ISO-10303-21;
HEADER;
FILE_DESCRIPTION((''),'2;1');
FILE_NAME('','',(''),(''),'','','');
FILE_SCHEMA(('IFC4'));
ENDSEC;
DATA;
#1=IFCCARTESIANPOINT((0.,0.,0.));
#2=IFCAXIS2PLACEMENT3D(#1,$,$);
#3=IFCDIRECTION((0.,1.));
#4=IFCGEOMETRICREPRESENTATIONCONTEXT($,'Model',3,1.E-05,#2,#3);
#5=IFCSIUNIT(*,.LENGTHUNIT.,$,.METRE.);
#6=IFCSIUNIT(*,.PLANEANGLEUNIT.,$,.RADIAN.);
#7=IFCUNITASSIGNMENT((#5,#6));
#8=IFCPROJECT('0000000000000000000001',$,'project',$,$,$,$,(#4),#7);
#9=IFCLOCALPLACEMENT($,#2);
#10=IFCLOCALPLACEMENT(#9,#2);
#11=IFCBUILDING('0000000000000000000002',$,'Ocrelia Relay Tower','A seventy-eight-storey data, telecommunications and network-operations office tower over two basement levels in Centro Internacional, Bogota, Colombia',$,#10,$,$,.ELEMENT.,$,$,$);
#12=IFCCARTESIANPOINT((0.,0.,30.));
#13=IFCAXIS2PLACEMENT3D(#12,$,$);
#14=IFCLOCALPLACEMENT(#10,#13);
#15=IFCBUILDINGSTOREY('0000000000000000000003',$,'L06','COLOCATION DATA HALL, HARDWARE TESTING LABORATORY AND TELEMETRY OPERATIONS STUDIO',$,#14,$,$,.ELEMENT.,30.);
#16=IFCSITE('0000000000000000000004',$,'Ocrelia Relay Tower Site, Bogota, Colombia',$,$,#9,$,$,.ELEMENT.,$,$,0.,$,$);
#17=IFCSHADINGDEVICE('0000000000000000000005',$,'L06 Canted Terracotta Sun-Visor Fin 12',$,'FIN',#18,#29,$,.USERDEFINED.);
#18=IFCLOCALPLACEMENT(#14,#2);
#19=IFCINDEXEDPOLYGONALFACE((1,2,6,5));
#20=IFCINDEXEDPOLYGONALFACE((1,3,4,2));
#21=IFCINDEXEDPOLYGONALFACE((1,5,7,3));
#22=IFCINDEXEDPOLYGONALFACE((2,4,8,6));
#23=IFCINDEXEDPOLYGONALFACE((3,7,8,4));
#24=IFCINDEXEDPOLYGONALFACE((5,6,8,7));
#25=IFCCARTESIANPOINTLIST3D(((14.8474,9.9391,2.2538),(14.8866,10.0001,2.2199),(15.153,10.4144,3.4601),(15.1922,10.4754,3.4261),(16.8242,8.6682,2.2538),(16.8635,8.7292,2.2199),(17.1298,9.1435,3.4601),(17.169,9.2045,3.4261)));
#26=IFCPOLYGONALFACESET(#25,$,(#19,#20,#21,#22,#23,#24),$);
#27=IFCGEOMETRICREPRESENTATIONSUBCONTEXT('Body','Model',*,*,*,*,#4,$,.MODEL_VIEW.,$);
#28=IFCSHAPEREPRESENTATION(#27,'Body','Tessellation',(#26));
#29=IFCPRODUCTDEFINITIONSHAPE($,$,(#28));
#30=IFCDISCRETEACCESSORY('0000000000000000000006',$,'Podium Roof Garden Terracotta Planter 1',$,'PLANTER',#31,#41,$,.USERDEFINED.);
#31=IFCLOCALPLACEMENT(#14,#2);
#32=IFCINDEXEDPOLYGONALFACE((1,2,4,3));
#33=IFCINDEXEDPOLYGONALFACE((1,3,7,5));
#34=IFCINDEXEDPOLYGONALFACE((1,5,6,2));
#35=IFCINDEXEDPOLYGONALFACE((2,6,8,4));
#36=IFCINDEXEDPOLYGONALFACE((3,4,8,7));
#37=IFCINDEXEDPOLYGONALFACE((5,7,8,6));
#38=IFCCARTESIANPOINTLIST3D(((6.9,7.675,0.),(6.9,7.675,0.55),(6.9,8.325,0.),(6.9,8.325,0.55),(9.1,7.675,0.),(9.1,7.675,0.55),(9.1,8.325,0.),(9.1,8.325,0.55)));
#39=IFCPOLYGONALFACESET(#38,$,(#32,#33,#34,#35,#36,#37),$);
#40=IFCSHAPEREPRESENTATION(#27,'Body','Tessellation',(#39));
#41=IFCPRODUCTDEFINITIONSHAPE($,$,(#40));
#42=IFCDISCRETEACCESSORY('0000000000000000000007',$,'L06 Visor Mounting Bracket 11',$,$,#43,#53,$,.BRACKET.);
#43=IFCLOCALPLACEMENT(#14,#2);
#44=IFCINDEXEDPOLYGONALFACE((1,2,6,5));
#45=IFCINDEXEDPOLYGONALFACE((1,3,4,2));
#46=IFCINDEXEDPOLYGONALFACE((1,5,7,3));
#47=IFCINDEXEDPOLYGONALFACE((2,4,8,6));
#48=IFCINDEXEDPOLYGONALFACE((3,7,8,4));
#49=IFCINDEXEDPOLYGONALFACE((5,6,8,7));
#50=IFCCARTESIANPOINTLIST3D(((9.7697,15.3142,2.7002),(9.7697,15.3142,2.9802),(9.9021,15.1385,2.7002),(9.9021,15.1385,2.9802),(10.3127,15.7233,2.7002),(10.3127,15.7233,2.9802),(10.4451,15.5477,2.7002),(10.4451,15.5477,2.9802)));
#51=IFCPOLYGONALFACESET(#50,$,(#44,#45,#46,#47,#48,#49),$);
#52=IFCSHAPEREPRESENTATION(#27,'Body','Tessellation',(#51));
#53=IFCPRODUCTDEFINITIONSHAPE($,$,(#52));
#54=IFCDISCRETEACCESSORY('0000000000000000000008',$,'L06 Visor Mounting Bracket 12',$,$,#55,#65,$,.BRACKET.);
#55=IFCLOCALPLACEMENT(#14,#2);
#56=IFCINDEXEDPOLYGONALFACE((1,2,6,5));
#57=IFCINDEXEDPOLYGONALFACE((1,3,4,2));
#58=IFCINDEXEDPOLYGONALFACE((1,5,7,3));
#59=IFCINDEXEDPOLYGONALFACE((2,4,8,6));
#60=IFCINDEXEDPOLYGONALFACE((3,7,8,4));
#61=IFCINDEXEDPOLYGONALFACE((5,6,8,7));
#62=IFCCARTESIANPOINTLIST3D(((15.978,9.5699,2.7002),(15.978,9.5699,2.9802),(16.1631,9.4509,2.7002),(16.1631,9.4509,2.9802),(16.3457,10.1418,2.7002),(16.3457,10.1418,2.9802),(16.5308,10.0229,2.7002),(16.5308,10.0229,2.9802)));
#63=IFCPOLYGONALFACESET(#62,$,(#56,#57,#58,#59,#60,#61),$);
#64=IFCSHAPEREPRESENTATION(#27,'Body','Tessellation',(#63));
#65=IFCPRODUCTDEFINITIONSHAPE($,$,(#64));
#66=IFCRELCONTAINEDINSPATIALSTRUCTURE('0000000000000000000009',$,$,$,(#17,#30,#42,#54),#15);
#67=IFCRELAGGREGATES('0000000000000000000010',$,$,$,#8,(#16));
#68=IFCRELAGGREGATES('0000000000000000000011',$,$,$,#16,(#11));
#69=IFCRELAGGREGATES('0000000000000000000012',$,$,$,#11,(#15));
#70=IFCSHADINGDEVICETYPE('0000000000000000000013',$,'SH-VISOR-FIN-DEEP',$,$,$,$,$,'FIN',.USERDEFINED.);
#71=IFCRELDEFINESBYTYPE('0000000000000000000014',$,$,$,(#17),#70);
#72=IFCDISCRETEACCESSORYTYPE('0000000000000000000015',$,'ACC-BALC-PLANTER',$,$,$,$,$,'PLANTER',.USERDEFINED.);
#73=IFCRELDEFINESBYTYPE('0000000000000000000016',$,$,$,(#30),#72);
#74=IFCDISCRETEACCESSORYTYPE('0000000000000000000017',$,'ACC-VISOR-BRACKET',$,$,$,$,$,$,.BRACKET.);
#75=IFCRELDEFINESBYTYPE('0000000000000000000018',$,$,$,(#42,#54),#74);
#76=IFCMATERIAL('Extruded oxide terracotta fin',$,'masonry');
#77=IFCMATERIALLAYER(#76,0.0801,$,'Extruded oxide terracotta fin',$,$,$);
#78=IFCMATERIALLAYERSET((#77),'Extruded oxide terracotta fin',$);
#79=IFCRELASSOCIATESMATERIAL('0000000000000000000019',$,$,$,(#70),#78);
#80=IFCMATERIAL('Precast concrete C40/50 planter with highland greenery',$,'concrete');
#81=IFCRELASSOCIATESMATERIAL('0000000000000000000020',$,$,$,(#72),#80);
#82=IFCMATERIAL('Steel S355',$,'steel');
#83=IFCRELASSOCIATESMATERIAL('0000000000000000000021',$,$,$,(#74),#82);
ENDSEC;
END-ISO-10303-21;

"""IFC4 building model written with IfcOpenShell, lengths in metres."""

from ifc_helpers import new_model, si_unit, direction, frame, origin, origin_2d, place, context, subcontext, project, spatial, rectangle, extrude, material, layer, layer_set, type_object, element, save


model = new_model("IFC4")

# Units and contexts
model_context = context("Model", 3, precision=1e-05, world=origin(), true_north=direction((0.0, 1.0)))
body_context = subcontext(model_context, "Body", "Model", "MODEL_VIEW")
ifc_project = project(units=[si_unit("LENGTHUNIT", "METRE"), si_unit("PLANEANGLEUNIT", "RADIAN")], contexts=[model_context])

# Site, building, storey
site_placement = place(None, origin())
site = spatial("IfcSite", under=ifc_project, at=site_placement, Name="Ocrelia Relay Tower Site, Bogota, Colombia", CompositionType="ELEMENT", RefElevation=0.0)
building_placement = place(site_placement, origin())
building = spatial("IfcBuilding", under=site, at=building_placement, Name="Ocrelia Relay Tower", Description="A seventy-eight-storey data, telecommunications and network-operations office tower over two basement levels in Centro Internacional, Bogota, Colombia", CompositionType="ELEMENT")
storey_placement = place(building_placement, frame((0.0, 0.0, 30.0)))
storey = spatial("IfcBuildingStorey", under=building, at=storey_placement, Name="L06", Description="COLOCATION DATA HALL, HARDWARE TESTING LABORATORY AND TELEMETRY OPERATIONS STUDIO", CompositionType="ELEMENT", Elevation=30.0)

# Shared definitions
ifc_material_1 = material(Name="Steel S355", Category="steel")

# Shading device
ifc_material_2 = material(Name="Extruded oxide terracotta fin", Category="masonry")
ifc_layer_1 = layer(ifc_material_2, 0.0801, Name="Extruded oxide terracotta fin")
ifc_layer_set_1 = layer_set([ifc_layer_1], Name="Extruded oxide terracotta fin")
shading_device_type_1 = type_object("IfcShadingDeviceType", Name="SH-VISOR-FIN-DEEP", ElementType="FIN", PredefinedType="USERDEFINED", material=ifc_layer_set_1)
shading_device_1_placement = place(storey_placement, frame((16.0278, 9.6023, 2.823), z_axis=(-0.489717, -0.76173, 0.424199), x_axis=(0.841161, -0.540784, 0.0)))
element("IfcShadingDevice", 1, at=shading_device_1_placement, inside=storey, type_object=shading_device_type_1, Name="L06 Canted Terracotta Sun-Visor Fin 12", ObjectType="FIN", PredefinedType="USERDEFINED", context=body_context, shape_type="SweptSolid", body=[
    extrude(rectangle(XDim=2.3501, YDim=1.332, at=origin_2d()), origin(), (0.0, 0.0, 1.0), 0.0801),
])

# Discrete accessories
ifc_material_3 = material(Name="Precast concrete C40/50 planter with highland greenery", Category="concrete")
discrete_accessory_type_1 = type_object("IfcDiscreteAccessoryType", Name="ACC-BALC-PLANTER", ElementType="PLANTER", PredefinedType="USERDEFINED", material=ifc_material_3)
discrete_accessory_placement = place(storey_placement, frame((8.0, 8.0, 0.0), z_axis=(0.0, 0.0, 1.0), x_axis=(1.0, 0.0, 0.0)))
element("IfcDiscreteAccessory", 2, at=discrete_accessory_placement, inside=storey, type_object=discrete_accessory_type_1, Name="Podium Roof Garden Terracotta Planter 1", ObjectType="PLANTER", PredefinedType="USERDEFINED", context=body_context, shape_type="SweptSolid", body=[
    extrude(rectangle(XDim=2.2, YDim=0.6499, at=origin_2d()), origin(), (0.0, 0.0, 1.0), 0.55),
])
discrete_accessory_type_2 = type_object("IfcDiscreteAccessoryType", Name="ACC-VISOR-BRACKET", PredefinedType="BRACKET", material=ifc_material_1)
for number, where, z_axis, x_axis, name in (
    (3, (10.1074, 15.4309, 2.7002), (0.0, 0.0, 1.0), (0.60181, -0.79864, 0.0), "L06 Visor Mounting Bracket 11"),
    (4, (16.2544, 9.7964, 2.7002), (0.0, 0.0, 1.0), (0.841161, -0.540784, 0.0), "L06 Visor Mounting Bracket 12"),
):
    element("IfcDiscreteAccessory", number, at=place(storey_placement, frame(where, z_axis=z_axis, x_axis=x_axis)), inside=storey, type_object=discrete_accessory_type_2, Name=name, PredefinedType="BRACKET", context=body_context, shape_type="SweptSolid", body=[
        extrude(rectangle(XDim=0.22, YDim=0.6799, at=origin_2d()), origin(), (0.0, 0.0, 1.0), 0.28),
    ])

save(model, "model.ifc")
